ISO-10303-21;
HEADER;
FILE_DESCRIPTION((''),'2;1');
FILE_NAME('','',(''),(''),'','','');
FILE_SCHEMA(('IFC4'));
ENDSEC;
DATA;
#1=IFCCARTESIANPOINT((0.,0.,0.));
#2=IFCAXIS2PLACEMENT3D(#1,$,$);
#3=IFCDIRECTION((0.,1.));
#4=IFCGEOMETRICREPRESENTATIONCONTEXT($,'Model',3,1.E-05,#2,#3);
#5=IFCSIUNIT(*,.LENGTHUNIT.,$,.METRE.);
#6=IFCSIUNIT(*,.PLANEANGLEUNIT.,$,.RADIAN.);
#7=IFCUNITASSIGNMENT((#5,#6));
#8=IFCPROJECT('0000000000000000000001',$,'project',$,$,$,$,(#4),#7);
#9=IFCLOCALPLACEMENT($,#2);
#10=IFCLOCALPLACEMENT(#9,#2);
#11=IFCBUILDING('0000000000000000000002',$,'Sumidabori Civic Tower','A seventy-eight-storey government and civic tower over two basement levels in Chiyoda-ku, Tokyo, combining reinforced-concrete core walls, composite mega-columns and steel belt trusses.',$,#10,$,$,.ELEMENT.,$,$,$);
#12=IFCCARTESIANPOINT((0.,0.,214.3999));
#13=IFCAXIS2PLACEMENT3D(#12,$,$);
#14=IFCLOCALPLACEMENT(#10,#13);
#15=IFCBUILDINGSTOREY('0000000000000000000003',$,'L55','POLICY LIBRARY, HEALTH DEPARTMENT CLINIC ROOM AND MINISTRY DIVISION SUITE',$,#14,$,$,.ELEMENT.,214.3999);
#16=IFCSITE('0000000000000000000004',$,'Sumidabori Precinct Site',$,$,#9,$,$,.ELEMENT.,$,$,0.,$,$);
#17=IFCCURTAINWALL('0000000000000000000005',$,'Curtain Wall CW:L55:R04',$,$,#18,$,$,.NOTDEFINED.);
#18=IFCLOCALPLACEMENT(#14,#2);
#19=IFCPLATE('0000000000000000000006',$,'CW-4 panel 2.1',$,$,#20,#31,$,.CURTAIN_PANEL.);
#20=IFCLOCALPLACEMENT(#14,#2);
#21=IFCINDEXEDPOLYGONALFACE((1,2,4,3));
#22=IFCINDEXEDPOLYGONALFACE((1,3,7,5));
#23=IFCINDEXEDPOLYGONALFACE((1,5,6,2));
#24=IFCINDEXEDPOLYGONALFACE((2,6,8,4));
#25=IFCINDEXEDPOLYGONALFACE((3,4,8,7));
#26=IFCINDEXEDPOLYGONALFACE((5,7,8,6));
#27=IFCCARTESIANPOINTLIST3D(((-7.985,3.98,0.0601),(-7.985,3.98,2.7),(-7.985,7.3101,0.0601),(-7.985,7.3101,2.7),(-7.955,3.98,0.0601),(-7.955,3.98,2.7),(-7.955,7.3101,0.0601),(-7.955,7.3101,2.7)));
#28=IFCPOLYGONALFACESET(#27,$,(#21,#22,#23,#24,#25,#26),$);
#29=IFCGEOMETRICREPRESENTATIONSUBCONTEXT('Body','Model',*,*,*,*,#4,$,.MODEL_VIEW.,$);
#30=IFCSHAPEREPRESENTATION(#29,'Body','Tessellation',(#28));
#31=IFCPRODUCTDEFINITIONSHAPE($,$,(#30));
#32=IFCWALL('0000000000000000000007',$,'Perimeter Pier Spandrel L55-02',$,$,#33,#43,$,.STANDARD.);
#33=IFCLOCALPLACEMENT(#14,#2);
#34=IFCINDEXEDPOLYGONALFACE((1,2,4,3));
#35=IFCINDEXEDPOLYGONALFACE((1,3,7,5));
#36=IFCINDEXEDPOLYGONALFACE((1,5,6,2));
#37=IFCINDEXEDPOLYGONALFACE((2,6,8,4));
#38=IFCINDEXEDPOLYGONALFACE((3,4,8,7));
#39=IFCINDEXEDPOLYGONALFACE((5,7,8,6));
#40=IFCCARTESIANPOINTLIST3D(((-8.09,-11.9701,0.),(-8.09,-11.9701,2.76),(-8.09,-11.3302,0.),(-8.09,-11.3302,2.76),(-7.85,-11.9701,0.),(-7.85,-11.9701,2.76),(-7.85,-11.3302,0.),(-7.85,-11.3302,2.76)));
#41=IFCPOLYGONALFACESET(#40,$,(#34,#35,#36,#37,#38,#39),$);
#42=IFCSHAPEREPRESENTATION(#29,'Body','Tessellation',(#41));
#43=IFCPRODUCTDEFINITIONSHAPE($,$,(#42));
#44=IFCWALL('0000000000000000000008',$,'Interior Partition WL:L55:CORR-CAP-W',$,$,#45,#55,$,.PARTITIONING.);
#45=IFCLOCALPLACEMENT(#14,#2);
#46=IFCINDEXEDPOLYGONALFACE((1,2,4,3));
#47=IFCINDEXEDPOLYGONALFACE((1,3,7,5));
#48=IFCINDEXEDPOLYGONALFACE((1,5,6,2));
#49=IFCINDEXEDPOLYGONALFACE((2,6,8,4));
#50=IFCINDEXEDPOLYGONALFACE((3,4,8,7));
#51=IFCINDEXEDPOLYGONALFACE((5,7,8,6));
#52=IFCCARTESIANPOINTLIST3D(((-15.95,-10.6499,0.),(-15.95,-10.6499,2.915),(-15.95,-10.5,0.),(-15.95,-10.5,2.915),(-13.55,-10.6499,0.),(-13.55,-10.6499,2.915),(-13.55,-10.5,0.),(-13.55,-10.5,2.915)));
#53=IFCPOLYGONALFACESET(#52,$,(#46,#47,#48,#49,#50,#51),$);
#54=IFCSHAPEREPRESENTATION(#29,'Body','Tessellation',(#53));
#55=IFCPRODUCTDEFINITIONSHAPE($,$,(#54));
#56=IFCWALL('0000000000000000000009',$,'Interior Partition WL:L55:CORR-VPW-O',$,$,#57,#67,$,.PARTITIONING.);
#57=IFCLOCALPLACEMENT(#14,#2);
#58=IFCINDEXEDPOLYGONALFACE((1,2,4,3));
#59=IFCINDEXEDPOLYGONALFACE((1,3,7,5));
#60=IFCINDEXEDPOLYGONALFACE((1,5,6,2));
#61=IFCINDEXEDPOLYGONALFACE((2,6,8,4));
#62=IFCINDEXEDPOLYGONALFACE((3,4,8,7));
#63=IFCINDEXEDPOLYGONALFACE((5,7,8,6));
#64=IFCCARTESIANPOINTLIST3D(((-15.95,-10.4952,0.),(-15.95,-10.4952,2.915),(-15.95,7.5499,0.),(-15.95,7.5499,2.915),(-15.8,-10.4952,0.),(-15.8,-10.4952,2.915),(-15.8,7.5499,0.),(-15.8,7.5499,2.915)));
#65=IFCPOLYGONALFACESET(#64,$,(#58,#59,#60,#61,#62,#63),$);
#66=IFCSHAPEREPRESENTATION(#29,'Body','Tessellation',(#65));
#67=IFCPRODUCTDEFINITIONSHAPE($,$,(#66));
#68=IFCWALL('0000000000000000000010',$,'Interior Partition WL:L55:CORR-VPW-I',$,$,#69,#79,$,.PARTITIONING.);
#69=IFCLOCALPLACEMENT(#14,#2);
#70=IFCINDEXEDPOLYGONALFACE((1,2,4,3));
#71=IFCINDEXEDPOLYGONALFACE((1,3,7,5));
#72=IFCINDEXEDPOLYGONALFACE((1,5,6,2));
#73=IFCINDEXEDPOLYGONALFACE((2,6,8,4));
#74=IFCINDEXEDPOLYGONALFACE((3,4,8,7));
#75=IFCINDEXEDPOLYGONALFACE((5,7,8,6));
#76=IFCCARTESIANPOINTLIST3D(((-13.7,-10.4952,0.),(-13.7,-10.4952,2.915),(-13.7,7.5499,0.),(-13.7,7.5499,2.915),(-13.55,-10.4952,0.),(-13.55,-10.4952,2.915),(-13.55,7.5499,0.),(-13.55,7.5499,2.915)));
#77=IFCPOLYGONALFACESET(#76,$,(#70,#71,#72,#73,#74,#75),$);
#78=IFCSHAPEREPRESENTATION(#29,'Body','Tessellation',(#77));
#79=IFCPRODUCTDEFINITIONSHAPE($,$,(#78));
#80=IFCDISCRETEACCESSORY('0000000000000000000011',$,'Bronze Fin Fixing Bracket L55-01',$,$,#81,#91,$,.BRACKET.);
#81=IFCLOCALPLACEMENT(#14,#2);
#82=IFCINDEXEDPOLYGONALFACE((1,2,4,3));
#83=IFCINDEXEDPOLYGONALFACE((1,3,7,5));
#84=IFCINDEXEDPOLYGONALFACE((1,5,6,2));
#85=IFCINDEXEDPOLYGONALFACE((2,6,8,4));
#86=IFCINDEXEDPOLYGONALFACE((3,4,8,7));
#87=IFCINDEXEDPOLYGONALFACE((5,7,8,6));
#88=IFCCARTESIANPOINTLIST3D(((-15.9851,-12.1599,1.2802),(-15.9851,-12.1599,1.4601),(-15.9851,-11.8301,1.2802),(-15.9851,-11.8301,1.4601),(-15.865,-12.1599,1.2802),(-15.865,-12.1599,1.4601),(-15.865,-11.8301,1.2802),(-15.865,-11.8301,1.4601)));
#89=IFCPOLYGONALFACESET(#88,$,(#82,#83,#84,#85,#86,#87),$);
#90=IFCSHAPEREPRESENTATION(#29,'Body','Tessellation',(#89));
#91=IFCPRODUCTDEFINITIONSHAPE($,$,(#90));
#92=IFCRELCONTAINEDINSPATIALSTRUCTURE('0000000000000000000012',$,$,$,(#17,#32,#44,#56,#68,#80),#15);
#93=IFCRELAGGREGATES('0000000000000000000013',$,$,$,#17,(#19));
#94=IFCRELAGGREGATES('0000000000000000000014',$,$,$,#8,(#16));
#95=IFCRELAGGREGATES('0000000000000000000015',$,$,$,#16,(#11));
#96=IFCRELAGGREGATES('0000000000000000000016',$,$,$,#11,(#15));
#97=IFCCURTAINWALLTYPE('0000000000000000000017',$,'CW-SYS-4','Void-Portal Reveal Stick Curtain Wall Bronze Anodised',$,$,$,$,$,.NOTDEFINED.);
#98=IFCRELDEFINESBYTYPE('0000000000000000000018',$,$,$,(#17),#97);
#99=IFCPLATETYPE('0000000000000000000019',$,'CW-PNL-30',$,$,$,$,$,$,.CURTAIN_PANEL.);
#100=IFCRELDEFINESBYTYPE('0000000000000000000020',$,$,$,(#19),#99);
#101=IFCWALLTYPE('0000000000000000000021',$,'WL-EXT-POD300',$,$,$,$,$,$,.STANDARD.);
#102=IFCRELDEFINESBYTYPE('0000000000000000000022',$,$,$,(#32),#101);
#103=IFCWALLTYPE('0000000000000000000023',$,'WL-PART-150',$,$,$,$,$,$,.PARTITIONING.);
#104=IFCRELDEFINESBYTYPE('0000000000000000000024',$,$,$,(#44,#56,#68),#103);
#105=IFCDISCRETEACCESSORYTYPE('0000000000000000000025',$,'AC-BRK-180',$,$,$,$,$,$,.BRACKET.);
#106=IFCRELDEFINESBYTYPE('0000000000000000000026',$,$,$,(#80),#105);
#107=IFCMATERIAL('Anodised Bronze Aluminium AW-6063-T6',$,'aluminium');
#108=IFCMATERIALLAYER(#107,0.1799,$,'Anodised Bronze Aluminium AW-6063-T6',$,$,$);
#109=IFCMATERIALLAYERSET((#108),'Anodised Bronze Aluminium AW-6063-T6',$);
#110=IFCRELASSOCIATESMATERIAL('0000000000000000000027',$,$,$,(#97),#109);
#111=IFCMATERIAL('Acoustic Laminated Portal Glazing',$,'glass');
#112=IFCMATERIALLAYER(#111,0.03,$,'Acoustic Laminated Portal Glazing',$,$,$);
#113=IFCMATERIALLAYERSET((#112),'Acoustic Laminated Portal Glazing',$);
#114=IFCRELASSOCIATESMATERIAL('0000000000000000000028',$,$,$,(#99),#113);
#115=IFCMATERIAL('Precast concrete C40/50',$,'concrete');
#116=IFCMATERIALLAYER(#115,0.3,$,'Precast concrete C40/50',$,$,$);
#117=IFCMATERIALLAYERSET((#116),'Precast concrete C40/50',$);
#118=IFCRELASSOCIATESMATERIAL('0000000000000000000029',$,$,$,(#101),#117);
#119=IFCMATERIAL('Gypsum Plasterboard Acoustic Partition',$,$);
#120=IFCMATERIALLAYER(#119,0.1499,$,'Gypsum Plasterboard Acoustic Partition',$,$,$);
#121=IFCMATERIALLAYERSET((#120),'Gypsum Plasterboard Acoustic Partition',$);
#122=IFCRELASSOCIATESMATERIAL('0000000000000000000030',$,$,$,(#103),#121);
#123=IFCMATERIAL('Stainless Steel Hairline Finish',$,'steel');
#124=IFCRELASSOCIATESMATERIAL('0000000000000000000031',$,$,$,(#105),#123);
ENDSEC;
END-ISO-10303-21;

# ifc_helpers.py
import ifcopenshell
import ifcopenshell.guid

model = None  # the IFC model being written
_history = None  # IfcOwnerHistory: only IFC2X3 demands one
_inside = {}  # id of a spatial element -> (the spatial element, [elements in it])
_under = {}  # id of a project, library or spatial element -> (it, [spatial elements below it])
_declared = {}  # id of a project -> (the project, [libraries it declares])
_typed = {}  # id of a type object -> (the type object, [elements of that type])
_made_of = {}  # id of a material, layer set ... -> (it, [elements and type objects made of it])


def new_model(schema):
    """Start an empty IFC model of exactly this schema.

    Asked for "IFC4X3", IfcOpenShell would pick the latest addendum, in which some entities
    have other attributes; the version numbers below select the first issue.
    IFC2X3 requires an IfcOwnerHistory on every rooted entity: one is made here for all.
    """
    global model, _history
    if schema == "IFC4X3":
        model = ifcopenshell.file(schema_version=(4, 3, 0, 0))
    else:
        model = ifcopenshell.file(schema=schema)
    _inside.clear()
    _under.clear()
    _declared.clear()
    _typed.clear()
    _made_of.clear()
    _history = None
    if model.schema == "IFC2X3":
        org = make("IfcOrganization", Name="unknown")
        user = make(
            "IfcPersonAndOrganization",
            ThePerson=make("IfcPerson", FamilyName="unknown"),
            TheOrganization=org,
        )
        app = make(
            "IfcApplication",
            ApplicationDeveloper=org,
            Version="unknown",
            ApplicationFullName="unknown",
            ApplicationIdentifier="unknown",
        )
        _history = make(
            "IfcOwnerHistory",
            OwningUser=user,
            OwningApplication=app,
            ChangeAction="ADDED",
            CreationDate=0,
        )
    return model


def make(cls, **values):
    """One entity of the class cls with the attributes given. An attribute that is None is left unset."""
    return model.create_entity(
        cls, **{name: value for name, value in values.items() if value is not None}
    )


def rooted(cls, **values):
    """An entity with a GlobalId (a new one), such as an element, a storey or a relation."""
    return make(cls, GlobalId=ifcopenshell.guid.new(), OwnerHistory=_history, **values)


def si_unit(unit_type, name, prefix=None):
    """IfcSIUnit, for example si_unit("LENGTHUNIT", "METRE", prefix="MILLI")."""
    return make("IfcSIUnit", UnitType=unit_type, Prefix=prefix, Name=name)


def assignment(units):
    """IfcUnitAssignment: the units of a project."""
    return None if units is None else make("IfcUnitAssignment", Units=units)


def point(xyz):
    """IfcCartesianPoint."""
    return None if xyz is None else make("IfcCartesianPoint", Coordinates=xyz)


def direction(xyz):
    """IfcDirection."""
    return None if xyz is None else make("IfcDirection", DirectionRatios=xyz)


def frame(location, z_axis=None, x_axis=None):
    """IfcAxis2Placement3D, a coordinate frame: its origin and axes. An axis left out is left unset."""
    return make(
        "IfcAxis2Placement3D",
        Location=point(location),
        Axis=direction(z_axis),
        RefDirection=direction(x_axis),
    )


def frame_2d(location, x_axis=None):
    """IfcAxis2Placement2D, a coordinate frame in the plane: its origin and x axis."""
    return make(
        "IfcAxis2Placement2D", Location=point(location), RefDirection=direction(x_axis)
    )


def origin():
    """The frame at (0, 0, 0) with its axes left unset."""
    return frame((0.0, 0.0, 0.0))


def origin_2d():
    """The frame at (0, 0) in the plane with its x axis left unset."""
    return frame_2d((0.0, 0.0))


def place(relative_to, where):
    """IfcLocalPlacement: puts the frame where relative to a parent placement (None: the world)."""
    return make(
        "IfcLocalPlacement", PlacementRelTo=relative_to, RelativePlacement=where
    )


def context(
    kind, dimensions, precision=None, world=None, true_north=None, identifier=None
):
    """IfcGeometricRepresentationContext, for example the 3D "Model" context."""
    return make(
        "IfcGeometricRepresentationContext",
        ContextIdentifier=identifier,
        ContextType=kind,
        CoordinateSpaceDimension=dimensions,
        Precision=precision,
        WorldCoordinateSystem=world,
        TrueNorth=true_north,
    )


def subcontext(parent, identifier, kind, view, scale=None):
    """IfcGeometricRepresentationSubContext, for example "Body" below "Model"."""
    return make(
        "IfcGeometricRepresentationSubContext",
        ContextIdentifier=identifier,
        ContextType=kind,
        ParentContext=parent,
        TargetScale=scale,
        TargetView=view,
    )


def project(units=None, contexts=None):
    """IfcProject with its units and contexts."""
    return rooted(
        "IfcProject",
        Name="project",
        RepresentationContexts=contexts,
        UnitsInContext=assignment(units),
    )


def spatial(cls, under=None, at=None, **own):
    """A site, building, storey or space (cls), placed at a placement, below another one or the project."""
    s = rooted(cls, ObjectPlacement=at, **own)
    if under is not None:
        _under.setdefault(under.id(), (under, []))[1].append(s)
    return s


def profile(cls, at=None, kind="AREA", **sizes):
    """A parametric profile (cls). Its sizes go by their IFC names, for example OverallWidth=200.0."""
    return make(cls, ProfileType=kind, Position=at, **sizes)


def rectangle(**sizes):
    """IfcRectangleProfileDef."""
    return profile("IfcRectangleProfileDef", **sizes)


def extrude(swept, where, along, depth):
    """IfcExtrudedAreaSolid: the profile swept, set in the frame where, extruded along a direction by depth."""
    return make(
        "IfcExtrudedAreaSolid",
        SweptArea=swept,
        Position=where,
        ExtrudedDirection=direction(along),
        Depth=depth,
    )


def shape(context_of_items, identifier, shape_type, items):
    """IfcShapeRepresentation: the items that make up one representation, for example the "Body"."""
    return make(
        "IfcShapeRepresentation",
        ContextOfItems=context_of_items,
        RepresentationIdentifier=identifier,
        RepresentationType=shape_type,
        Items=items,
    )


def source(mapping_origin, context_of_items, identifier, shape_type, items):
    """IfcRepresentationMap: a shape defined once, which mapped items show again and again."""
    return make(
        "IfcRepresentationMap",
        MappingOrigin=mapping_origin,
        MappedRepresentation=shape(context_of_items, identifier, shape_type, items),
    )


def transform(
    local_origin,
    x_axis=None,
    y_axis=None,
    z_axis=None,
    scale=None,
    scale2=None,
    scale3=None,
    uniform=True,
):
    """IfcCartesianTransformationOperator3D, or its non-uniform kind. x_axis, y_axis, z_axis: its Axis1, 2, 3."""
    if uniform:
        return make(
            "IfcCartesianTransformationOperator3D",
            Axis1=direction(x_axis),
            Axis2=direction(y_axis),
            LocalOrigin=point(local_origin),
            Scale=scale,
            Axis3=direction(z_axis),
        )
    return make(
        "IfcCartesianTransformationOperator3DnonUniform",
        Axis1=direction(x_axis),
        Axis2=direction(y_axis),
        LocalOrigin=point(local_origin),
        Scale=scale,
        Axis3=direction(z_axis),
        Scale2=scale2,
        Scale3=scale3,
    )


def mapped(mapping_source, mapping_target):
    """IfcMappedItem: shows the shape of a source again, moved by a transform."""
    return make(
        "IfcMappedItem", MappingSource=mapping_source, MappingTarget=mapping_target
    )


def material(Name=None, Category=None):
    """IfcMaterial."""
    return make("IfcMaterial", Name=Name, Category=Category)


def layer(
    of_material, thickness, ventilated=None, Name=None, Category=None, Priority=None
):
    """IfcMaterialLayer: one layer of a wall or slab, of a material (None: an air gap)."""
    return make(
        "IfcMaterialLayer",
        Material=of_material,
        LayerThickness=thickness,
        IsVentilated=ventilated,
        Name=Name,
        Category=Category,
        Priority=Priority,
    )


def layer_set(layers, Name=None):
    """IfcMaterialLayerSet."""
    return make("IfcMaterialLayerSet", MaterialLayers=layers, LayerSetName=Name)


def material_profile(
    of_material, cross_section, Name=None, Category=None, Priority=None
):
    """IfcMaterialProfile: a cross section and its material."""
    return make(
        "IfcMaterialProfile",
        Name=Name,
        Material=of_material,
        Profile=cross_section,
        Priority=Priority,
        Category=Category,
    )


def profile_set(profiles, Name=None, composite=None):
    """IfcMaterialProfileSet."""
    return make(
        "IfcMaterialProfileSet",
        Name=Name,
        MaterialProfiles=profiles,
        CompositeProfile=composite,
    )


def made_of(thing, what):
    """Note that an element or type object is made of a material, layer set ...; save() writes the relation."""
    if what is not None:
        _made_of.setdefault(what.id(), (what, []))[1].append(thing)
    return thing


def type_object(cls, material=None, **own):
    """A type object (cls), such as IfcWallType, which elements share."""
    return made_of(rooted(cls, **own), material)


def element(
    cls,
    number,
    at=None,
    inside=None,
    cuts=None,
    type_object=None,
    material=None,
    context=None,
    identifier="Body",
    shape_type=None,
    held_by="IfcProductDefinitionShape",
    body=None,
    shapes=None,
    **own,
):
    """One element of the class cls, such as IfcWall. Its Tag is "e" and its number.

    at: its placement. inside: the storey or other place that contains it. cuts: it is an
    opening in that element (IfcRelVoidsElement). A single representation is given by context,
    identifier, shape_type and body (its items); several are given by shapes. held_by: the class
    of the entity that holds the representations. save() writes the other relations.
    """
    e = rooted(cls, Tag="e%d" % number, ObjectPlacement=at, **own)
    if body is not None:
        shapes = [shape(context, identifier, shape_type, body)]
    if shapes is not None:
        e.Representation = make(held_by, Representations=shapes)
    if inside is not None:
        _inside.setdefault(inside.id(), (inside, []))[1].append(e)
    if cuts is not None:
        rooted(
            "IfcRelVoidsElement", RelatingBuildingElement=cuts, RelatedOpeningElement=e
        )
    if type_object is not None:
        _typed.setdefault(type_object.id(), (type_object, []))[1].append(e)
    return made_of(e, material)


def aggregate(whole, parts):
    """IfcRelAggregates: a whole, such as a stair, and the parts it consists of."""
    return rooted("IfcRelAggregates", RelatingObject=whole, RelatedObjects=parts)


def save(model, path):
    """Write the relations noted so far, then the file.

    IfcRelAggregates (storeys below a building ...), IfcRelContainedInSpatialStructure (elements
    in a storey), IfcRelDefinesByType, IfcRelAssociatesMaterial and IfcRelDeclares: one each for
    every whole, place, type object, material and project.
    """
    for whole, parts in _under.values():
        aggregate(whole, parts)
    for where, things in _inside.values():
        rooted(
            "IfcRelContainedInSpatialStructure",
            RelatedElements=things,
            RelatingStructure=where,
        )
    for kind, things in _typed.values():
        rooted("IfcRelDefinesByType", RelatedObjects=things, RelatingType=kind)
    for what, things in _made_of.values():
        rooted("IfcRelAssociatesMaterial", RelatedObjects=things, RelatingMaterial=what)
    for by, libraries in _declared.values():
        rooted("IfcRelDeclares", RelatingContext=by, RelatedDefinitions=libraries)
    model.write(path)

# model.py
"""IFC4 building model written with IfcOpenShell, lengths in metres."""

from ifc_helpers import new_model, si_unit, direction, frame, frame_2d, origin, origin_2d, place, context, subcontext, project, spatial, rectangle, extrude, source, transform, mapped, material, layer, layer_set, material_profile, profile_set, type_object, element, aggregate, save


model = new_model("IFC4")

# Units and contexts
model_context = context("Model", 3, precision=1e-05, world=origin(), true_north=direction((0.0, 1.0)))
body_context = subcontext(model_context, "Body", "Model", "MODEL_VIEW")
ifc_project = project(units=[si_unit("LENGTHUNIT", "METRE"), si_unit("PLANEANGLEUNIT", "RADIAN")], contexts=[model_context])

# Site, building, storey
site_placement = place(None, origin())
site = spatial("IfcSite", under=ifc_project, at=site_placement, Name="Sumidabori Precinct Site", CompositionType="ELEMENT", RefElevation=0.0)
building_placement = place(site_placement, origin())
building = spatial("IfcBuilding", under=site, at=building_placement, Name="Sumidabori Civic Tower", Description="A seventy-eight-storey government and civic tower over two basement levels in Chiyoda-ku, Tokyo, combining reinforced-concrete core walls, composite mega-columns and steel belt trusses.", CompositionType="ELEMENT")
storey_placement = place(building_placement, frame((0.0, 0.0, 214.3999)))
storey = spatial("IfcBuildingStorey", under=building, at=storey_placement, Name="L55", Description="POLICY LIBRARY, HEALTH DEPARTMENT CLINIC ROOM AND MINISTRY DIVISION SUITE", CompositionType="ELEMENT", Elevation=214.3999)

# Curtain wall
ifc_material_1 = material(Name="Anodised Bronze Aluminium AW-6063-T6", Category="aluminium")
ifc_layer_1 = layer(ifc_material_1, 0.1799, Name="Anodised Bronze Aluminium AW-6063-T6")
ifc_layer_set_1 = layer_set([ifc_layer_1], Name="Anodised Bronze Aluminium AW-6063-T6")
curtain_wall_type_1 = type_object("IfcCurtainWallType", Name="CW-SYS-4", Description="Void-Portal Reveal Stick Curtain Wall Bronze Anodised", PredefinedType="NOTDEFINED", material=ifc_layer_set_1)
curtain_wall_1_placement = place(storey_placement, origin())
curtain_wall_1 = element("IfcCurtainWall", 1, at=curtain_wall_1_placement, inside=storey, type_object=curtain_wall_type_1, Name="Curtain Wall CW:L55:R04", PredefinedType="NOTDEFINED")

# Plate
ifc_material_2 = material(Name="Acoustic Laminated Portal Glazing", Category="glass")
ifc_layer_2 = layer(ifc_material_2, 0.03, Name="Acoustic Laminated Portal Glazing")
ifc_layer_set_2 = layer_set([ifc_layer_2], Name="Acoustic Laminated Portal Glazing")
plate_type_1 = type_object("IfcPlateType", Name="CW-PNL-30", PredefinedType="CURTAIN_PANEL", material=ifc_layer_set_2)
shared_shape_1 = source(origin(), body_context, "Body", "SweptSolid", [
    extrude(rectangle(XDim=3.3301, YDim=0.03, at=origin_2d()), origin(), (0.0, 0.0, 1.0), 2.6399),
])
plate_1_placement = place(storey_placement, frame((-7.97, 5.645, 0.0601), z_axis=(0.0, 0.0, 1.0), x_axis=(0.0, 1.0, 0.0)))
plate_1 = element("IfcPlate", 2, at=plate_1_placement, type_object=plate_type_1, Name="CW-4 panel 2.1", PredefinedType="CURTAIN_PANEL", context=body_context, shape_type="MappedRepresentation", body=[
    mapped(shared_shape_1, transform((0.0, 0.0, 0.0), x_axis=(1.0, 0.0, 0.0), y_axis=(0.0, 1.0, 0.0), z_axis=(0.0, 0.0, 1.0), scale=1.0)),
])
aggregate(curtain_wall_1, [plate_1])

# Walls
ifc_material_3 = material(Name="Precast concrete C40/50", Category="concrete")
ifc_layer_3 = layer(ifc_material_3, 0.3, Name="Precast concrete C40/50")
ifc_layer_set_3 = layer_set([ifc_layer_3], Name="Precast concrete C40/50")
wall_type_1 = type_object("IfcWallType", Name="WL-EXT-POD300", PredefinedType="STANDARD", material=ifc_layer_set_3)
shared_shape_2 = source(origin(), body_context, "Body", "SweptSolid", [
    extrude(rectangle(XDim=0.6399, YDim=0.24, at=frame_2d((0.3198, 0.0))), origin(), (0.0, 0.0, 1.0), 2.76),
])
wall_1_placement = place(storey_placement, frame((-7.97, -11.97, 0.0), z_axis=(0.0, 0.0, 1.0), x_axis=(0.0, 1.0, 0.0)))
element("IfcWall", 3, at=wall_1_placement, inside=storey, type_object=wall_type_1, Name="Perimeter Pier Spandrel L55-02", PredefinedType="STANDARD", context=body_context, shape_type="MappedRepresentation", body=[
    mapped(shared_shape_2, transform((0.0, 0.0, 0.0), x_axis=(1.0, 0.0, 0.0), y_axis=(0.0, 1.0, 0.0), z_axis=(0.0, 0.0, 1.0), scale=1.0)),
])
ifc_material_4 = material(Name="Gypsum Plasterboard Acoustic Partition")
ifc_layer_4 = layer(ifc_material_4, 0.1499, Name="Gypsum Plasterboard Acoustic Partition")
ifc_layer_set_4 = layer_set([ifc_layer_4], Name="Gypsum Plasterboard Acoustic Partition")
wall_type_2 = type_object("IfcWallType", Name="WL-PART-150", PredefinedType="PARTITIONING", material=ifc_layer_set_4)
shared_shape_3 = source(origin(), body_context, "Body", "SweptSolid", [
    extrude(rectangle(XDim=2.3999, YDim=0.1499, at=frame_2d((1.2, 0.0))), origin(), (0.0, 0.0, 1.0), 2.915),
])
wall_2_placement = place(storey_placement, frame((-15.95, -10.575, 0.0), z_axis=(0.0, 0.0, 1.0), x_axis=(1.0, 0.0, 0.0)))
element("IfcWall", 4, at=wall_2_placement, inside=storey, type_object=wall_type_2, Name="Interior Partition WL:L55:CORR-CAP-W", PredefinedType="PARTITIONING", context=body_context, shape_type="MappedRepresentation", body=[
    mapped(shared_shape_3, transform((0.0, 0.0, 0.0), x_axis=(1.0, 0.0, 0.0), y_axis=(0.0, 1.0, 0.0), z_axis=(0.0, 0.0, 1.0), scale=1.0)),
])
shared_shape_4 = source(origin(), body_context, "Body", "SweptSolid", [
    extrude(rectangle(XDim=18.0452, YDim=0.1499, at=frame_2d((9.0225, 0.0))), origin(), (0.0, 0.0, 1.0), 2.915),
])
for number, where, z_axis, x_axis, name in (
    (5, (-15.875, -10.4951, 0.0), (0.0, 0.0, 1.0), (0.0, 1.0, 0.0), "Interior Partition WL:L55:CORR-VPW-O"),
    (6, (-13.625, -10.4951, 0.0), (0.0, 0.0, 1.0), (0.0, 1.0, 0.0), "Interior Partition WL:L55:CORR-VPW-I"),
):
    element("IfcWall", number, at=place(storey_placement, frame(where, z_axis=z_axis, x_axis=x_axis)), inside=storey, type_object=wall_type_2, Name=name, PredefinedType="PARTITIONING", context=body_context, shape_type="MappedRepresentation", body=[
        mapped(shared_shape_4, transform((0.0, 0.0, 0.0), x_axis=(1.0, 0.0, 0.0), y_axis=(0.0, 1.0, 0.0), z_axis=(0.0, 0.0, 1.0), scale=1.0)),
    ])

# Discrete accessory
ifc_material_5 = material(Name="Stainless Steel Hairline Finish", Category="steel")
ifc_material_profile_1 = material_profile(ifc_material_5, rectangle(XDim=0.1201, YDim=0.1799, at=origin_2d()), Name="STEEL BRACKET 180x120")
ifc_profile_set_1 = profile_set([ifc_material_profile_1], Name="Stainless Steel Hairline Finish")
discrete_accessory_type = type_object("IfcDiscreteAccessoryType", Name="AC-BRK-180", PredefinedType="BRACKET", material=ifc_profile_set_1)
shared_shape_5 = source(origin(), body_context, "Body", "SweptSolid", [
    extrude(rectangle(XDim=0.1201, YDim=0.1799, at=origin_2d()), origin(), (0.0, 0.0, 1.0), 0.3298),
])
discrete_accessory_placement = place(storey_placement, frame((-15.925, -11.8301, 1.3701), z_axis=(0.0, -1.0, 0.0), x_axis=(1.0, 0.0, 0.0)))
element("IfcDiscreteAccessory", 7, at=discrete_accessory_placement, inside=storey, type_object=discrete_accessory_type, Name="Bronze Fin Fixing Bracket L55-01", PredefinedType="BRACKET", context=body_context, shape_type="MappedRepresentation", body=[
    mapped(shared_shape_5, transform((0.0, 0.0, 0.0), x_axis=(1.0, 0.0, 0.0), y_axis=(0.0, 1.0, 0.0), z_axis=(0.0, 0.0, 1.0), scale=1.0)),
])

save(model, "model.ifc")
